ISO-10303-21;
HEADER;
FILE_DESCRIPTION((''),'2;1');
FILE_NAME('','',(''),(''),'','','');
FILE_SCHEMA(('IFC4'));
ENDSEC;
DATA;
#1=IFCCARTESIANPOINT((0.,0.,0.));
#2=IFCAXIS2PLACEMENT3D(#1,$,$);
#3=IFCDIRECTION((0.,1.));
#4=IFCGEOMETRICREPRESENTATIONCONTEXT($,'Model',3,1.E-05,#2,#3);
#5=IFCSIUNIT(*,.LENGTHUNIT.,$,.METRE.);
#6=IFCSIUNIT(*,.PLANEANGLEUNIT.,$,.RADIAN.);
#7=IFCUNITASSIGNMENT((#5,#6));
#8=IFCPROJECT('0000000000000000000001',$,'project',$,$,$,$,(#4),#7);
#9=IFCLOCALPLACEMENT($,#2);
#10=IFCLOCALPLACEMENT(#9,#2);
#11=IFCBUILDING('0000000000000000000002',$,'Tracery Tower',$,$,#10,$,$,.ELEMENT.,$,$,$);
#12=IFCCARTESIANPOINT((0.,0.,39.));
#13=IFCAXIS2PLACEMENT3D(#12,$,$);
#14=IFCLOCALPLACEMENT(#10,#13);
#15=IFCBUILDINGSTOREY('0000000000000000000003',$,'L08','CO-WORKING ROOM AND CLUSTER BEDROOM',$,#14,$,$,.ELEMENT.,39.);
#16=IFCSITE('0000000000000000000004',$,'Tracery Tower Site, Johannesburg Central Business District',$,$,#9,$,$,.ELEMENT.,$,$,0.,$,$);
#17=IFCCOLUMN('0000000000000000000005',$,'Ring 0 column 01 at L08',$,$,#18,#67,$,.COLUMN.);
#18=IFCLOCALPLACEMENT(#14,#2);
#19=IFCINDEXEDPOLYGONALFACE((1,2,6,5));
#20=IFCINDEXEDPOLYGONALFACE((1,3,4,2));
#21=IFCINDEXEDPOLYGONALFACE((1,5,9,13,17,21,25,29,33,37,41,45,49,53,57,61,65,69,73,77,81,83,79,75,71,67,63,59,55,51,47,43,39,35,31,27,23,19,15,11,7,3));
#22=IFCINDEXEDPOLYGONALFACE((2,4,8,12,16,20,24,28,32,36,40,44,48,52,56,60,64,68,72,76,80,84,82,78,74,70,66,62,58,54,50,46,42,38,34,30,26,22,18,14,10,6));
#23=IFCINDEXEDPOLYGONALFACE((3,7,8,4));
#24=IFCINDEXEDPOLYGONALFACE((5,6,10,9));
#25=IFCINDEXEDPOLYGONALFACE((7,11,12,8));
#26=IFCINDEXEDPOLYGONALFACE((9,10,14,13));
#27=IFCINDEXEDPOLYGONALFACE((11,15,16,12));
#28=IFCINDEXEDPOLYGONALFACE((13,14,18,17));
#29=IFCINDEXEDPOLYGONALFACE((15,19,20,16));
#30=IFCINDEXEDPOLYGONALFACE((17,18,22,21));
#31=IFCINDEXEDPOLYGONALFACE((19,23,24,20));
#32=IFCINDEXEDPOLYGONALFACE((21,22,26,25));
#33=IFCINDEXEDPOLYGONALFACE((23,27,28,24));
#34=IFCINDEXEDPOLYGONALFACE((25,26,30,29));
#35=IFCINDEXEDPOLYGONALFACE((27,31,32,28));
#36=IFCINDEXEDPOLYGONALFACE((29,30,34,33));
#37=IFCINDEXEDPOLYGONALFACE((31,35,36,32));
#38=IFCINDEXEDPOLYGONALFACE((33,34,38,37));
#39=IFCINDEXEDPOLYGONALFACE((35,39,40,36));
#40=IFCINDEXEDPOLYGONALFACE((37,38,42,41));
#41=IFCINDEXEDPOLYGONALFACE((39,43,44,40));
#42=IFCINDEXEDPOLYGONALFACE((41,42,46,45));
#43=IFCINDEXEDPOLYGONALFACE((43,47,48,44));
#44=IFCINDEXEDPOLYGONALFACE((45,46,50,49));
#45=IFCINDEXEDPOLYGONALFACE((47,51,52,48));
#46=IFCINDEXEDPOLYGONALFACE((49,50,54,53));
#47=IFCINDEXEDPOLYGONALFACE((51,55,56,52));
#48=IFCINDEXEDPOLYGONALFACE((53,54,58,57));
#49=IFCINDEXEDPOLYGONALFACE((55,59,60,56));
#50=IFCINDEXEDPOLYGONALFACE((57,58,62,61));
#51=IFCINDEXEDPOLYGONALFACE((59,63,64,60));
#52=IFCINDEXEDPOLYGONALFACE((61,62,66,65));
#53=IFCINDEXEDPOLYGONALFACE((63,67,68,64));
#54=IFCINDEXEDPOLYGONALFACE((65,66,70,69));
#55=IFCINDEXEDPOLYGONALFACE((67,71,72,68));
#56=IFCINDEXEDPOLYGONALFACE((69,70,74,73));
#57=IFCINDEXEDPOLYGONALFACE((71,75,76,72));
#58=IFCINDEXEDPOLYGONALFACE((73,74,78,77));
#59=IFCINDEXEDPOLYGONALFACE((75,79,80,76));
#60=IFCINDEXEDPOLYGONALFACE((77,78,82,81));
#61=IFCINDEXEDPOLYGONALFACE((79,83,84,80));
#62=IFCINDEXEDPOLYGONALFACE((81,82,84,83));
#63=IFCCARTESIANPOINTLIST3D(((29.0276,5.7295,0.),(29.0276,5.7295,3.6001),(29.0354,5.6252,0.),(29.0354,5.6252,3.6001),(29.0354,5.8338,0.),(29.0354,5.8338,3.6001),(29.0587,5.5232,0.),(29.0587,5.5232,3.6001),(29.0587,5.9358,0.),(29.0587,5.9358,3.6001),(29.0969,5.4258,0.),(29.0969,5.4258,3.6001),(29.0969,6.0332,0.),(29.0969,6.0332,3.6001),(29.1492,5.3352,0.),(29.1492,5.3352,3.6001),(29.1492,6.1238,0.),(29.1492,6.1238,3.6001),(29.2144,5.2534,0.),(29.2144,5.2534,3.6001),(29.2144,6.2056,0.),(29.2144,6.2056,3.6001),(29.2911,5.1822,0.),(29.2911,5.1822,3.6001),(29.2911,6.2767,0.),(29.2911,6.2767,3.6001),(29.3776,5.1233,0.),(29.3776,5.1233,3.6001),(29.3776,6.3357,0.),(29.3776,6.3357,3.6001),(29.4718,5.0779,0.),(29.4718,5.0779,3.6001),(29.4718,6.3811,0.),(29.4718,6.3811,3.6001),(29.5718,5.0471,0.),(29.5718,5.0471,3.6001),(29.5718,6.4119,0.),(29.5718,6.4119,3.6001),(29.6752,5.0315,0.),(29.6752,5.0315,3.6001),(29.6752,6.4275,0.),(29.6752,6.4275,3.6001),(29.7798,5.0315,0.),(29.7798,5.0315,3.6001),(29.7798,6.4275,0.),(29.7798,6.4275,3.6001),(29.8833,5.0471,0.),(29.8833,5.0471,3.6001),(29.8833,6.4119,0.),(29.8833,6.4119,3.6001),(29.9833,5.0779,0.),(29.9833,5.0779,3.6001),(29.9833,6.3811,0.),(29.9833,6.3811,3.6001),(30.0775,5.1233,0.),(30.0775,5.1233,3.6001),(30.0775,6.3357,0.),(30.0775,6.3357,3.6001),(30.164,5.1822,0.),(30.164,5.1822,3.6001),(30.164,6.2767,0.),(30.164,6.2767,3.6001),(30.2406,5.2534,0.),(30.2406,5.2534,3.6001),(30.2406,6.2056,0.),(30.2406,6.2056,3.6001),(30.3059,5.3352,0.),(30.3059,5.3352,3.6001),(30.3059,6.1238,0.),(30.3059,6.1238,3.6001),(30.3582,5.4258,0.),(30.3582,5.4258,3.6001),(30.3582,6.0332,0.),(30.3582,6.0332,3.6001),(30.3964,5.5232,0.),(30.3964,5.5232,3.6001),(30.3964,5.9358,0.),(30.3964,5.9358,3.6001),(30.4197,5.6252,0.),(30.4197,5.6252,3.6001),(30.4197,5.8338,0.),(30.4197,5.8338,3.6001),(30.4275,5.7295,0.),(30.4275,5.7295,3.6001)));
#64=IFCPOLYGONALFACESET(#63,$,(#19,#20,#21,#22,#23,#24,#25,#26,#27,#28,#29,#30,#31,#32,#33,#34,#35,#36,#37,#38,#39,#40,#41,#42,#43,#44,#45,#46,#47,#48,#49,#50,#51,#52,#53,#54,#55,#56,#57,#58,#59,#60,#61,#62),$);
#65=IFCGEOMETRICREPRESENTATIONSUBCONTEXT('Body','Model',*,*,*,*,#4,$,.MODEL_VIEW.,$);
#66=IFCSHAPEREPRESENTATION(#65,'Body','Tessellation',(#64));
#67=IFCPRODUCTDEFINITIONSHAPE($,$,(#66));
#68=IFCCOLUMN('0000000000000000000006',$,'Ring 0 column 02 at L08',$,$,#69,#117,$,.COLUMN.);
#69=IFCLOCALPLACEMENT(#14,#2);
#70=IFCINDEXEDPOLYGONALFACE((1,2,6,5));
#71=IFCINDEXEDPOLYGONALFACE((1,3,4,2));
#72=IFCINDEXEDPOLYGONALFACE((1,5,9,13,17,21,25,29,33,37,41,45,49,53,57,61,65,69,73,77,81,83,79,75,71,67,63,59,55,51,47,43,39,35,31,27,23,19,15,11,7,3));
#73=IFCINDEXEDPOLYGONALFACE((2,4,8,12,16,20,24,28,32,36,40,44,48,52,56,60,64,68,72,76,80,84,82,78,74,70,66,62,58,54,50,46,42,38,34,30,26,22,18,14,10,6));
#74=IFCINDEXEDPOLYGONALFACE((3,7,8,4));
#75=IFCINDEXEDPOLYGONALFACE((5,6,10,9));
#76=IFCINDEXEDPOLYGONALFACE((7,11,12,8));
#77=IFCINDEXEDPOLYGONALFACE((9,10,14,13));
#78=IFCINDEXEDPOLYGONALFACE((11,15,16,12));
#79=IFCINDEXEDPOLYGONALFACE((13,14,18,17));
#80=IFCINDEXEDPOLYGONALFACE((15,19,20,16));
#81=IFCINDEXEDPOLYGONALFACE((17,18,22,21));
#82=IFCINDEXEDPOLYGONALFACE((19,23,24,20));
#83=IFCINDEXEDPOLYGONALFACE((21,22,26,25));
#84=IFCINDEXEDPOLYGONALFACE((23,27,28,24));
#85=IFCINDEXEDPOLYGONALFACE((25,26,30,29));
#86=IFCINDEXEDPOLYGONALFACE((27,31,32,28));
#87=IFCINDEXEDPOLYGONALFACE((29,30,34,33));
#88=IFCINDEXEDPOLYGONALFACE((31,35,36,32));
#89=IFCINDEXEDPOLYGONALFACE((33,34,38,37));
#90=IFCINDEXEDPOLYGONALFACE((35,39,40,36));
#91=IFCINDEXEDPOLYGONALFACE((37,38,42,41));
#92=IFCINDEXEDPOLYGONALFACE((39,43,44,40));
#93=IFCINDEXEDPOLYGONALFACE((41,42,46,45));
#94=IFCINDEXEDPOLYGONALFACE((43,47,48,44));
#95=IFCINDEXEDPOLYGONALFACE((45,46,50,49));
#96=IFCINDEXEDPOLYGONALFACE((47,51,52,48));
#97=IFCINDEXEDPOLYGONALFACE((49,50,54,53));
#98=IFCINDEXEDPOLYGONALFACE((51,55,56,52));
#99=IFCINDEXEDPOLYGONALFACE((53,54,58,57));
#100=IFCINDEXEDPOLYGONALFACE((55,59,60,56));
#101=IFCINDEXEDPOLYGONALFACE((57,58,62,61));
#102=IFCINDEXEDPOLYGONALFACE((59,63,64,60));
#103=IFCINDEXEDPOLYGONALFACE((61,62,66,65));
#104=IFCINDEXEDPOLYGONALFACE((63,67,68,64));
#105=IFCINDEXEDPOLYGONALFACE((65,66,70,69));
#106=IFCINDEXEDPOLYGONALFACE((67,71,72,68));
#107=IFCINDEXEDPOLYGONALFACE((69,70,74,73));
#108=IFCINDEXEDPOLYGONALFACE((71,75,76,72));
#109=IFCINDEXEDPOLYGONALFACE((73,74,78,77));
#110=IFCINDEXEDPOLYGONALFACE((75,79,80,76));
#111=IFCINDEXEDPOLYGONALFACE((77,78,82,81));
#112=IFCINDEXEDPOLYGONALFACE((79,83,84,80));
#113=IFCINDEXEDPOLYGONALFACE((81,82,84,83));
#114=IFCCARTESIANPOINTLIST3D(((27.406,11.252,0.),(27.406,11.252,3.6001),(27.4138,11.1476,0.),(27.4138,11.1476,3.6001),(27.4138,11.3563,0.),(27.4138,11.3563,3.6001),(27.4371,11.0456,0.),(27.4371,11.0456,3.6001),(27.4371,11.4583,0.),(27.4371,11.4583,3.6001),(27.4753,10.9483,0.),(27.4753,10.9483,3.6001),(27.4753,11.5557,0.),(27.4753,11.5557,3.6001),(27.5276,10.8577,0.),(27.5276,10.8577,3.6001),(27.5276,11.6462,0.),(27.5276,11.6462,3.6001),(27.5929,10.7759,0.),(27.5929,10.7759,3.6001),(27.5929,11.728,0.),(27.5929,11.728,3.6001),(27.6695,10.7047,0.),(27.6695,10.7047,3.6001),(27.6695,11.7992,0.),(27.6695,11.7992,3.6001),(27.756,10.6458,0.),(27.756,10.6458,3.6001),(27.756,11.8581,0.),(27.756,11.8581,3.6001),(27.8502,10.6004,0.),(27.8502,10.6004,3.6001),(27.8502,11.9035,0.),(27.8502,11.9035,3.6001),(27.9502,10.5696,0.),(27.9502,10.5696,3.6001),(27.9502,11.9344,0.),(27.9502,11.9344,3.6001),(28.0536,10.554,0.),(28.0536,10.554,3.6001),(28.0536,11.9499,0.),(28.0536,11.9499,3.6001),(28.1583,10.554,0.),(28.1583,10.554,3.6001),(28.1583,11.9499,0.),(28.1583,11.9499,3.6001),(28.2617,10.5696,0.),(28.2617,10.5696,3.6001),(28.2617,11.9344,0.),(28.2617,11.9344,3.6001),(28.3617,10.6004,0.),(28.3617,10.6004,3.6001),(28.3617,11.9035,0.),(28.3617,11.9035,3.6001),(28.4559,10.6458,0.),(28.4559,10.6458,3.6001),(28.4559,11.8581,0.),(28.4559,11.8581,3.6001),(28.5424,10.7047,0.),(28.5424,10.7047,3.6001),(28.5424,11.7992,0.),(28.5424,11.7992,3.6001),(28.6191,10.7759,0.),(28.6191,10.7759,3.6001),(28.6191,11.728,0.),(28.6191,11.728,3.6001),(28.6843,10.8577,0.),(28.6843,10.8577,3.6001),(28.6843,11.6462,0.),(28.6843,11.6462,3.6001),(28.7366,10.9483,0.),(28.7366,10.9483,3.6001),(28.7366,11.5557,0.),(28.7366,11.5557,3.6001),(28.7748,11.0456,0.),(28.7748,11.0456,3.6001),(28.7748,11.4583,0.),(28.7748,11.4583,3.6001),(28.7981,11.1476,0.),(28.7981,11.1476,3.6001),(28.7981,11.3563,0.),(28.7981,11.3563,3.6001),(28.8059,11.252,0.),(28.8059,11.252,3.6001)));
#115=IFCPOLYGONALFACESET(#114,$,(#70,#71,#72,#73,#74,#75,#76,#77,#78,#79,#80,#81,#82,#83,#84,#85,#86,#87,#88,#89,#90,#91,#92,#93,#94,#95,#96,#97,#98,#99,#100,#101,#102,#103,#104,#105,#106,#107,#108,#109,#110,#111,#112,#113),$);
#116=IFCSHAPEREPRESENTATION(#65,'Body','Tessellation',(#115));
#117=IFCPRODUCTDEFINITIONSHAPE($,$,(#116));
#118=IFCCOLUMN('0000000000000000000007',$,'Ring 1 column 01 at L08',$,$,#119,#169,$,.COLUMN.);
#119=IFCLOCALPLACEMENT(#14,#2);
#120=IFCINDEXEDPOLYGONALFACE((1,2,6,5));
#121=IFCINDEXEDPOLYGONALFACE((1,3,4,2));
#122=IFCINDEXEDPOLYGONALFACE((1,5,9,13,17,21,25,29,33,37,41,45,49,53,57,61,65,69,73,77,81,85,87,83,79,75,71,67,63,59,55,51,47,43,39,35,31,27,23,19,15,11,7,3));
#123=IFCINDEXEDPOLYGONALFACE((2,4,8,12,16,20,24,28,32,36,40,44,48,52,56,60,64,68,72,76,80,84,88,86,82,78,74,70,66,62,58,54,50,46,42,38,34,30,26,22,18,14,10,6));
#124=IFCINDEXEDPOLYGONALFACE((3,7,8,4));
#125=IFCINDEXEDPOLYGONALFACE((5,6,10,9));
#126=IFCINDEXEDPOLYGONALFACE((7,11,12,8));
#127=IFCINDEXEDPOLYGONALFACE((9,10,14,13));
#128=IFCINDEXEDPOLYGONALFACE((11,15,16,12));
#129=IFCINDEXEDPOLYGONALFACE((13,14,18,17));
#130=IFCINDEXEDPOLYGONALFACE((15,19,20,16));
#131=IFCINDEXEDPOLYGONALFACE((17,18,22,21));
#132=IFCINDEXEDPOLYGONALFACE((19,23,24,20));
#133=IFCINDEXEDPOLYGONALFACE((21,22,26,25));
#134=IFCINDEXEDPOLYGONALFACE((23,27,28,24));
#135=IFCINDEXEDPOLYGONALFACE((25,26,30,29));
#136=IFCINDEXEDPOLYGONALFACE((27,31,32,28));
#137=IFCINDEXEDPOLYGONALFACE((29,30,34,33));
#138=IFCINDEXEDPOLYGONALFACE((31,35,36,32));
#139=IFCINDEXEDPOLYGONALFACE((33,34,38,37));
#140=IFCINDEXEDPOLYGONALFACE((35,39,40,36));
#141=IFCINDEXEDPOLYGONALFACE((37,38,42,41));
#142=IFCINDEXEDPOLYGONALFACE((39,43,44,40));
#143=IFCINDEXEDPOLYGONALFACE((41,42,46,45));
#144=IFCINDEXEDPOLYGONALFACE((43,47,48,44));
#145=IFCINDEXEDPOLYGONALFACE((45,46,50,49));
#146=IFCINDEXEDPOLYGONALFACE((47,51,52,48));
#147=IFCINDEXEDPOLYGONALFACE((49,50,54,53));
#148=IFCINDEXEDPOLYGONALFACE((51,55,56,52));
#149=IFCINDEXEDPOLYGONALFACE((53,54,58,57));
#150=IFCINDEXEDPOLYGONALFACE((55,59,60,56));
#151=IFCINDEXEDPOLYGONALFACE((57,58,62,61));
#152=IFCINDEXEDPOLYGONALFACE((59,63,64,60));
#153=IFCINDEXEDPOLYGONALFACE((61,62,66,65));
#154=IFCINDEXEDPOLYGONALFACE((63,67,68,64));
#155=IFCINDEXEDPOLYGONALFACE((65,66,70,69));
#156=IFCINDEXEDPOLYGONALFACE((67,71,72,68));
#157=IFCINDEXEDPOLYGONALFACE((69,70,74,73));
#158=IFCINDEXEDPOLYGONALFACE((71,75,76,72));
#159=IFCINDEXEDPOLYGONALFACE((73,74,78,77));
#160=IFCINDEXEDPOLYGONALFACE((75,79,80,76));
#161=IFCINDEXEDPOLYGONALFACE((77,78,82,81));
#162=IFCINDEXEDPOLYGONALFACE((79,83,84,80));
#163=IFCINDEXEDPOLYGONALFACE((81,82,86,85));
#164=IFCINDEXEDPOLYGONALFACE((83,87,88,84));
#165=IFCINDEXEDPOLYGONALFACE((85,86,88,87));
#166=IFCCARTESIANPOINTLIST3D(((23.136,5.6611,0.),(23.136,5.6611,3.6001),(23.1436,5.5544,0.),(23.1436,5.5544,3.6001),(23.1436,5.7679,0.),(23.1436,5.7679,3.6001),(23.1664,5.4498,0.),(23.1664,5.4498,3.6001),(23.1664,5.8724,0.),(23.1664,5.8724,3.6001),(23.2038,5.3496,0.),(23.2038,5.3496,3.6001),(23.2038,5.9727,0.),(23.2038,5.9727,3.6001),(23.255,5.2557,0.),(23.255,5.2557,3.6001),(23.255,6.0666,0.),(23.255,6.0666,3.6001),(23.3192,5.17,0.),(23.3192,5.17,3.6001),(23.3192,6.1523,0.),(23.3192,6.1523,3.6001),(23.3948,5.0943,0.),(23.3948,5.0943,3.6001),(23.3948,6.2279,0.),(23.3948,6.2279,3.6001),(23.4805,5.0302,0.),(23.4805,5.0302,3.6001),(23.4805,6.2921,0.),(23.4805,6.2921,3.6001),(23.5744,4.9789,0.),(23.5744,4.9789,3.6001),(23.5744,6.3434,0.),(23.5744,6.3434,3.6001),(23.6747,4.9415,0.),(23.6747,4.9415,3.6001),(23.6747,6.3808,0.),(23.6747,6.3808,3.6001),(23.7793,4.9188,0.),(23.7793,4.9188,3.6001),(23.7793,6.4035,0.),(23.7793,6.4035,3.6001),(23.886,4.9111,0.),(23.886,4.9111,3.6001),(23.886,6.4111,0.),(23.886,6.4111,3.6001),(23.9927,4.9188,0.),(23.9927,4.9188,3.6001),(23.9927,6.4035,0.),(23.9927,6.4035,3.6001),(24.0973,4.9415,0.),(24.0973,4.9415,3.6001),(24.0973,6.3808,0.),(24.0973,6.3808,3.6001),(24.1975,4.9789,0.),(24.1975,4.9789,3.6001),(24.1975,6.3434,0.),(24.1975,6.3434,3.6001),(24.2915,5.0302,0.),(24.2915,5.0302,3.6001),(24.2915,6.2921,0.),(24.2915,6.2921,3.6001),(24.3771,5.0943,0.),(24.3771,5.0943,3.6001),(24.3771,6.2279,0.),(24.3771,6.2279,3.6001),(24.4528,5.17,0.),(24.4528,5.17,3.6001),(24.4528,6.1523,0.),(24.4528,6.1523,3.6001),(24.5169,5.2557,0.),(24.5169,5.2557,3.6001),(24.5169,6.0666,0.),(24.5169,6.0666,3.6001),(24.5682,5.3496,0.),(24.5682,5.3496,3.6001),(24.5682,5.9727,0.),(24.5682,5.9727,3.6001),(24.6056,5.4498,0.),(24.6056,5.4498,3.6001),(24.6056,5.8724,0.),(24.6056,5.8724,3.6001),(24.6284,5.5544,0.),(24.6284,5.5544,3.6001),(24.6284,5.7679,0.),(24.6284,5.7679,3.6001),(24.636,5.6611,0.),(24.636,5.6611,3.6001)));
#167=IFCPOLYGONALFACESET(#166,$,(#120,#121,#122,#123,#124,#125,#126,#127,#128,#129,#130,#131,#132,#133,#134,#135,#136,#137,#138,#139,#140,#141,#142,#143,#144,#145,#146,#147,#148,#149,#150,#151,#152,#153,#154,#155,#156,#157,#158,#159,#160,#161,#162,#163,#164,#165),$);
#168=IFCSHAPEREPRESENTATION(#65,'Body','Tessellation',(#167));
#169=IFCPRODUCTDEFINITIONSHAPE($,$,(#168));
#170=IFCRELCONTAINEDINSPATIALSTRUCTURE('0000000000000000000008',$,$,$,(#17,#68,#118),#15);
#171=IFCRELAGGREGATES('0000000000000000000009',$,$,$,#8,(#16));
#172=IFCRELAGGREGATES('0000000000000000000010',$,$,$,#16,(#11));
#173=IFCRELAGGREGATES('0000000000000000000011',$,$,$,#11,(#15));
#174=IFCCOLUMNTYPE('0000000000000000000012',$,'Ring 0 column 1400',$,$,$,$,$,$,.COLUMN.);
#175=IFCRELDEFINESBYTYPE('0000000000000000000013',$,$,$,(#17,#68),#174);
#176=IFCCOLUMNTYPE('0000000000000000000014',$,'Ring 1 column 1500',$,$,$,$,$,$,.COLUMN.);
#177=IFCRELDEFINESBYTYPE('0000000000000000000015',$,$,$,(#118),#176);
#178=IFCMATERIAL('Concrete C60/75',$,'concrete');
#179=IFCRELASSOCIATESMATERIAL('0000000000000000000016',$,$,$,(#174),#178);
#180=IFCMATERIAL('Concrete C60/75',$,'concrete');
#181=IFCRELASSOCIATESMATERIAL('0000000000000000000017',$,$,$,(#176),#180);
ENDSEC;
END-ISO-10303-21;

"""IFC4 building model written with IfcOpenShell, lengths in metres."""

from ifc_helpers import new_model, si_unit, direction, frame, origin, origin_2d, place, context, subcontext, project, spatial, circle, extrude, material, material_profile, profile_set, type_object, element, save


model = new_model("IFC4")

# Units and contexts
model_context = context("Model", 3, precision=1e-05, world=origin(), true_north=direction((0.0, 1.0)))
body_context = subcontext(model_context, "Body", "Model", "MODEL_VIEW")
ifc_project = project(units=[si_unit("LENGTHUNIT", "METRE"), si_unit("PLANEANGLEUNIT", "RADIAN")], contexts=[model_context])

# Site, building, storey
site_placement = place(None, origin())
site = spatial("IfcSite", under=ifc_project, at=site_placement, Name="Tracery Tower Site, Johannesburg Central Business District", CompositionType="ELEMENT", RefElevation=0.0)
building_placement = place(site_placement, origin())
building = spatial("IfcBuilding", under=site, at=building_placement, Name="Tracery Tower", CompositionType="ELEMENT")
storey_placement = place(building_placement, frame((0.0, 0.0, 39.0)))
storey = spatial("IfcBuildingStorey", under=building, at=storey_placement, Name="L08", Description="CO-WORKING ROOM AND CLUSTER BEDROOM", CompositionType="ELEMENT", Elevation=39.0)

# Columns
ifc_material_1 = material(Name="Concrete C60/75", Category="concrete")
ifc_material_profile_1 = material_profile(ifc_material_1, circle(Radius=0.7, at=origin_2d()), Name="RC D1400")
ifc_profile_set_1 = profile_set([ifc_material_profile_1], Name="Concrete C60/75")
column_type_1 = type_object("IfcColumnType", Name="Ring 0 column 1400", PredefinedType="COLUMN", material=ifc_profile_set_1)
for number, where, z_axis, x_axis, name in (
    (1, (29.7275, 5.7295, 0.0), (0.0, 0.0, 1.0), (1.0, 0.0, 0.0), "Ring 0 column 01 at L08"),
    (2, (28.106, 11.252, 0.0), (0.0, 0.0, 1.0), (1.0, 0.0, 0.0), "Ring 0 column 02 at L08"),
):
    element("IfcColumn", number, at=place(storey_placement, frame(where, z_axis=z_axis, x_axis=x_axis)), inside=storey, type_object=column_type_1, Name=name, PredefinedType="COLUMN", context=body_context, shape_type="SweptSolid", body=[
        extrude(circle(Radius=0.7, at=origin_2d()), origin(), (0.0, 0.0, 1.0), 3.6001),
    ])
ifc_material_2 = material(Name="Concrete C60/75", Category="concrete")
ifc_material_profile_2 = material_profile(ifc_material_2, circle(Radius=0.75, at=origin_2d()), Name="RC D1500")
ifc_profile_set_2 = profile_set([ifc_material_profile_2], Name="Concrete C60/75")
column_type_2 = type_object("IfcColumnType", Name="Ring 1 column 1500", PredefinedType="COLUMN", material=ifc_profile_set_2)
for number, where, z_axis, x_axis, name in (
    (3, (23.886, 5.6611, 0.0), (0.0, 0.0, 1.0), (1.0, 0.0, 0.0), "Ring 1 column 01 at L08"),
):
    element("IfcColumn", number, at=place(storey_placement, frame(where, z_axis=z_axis, x_axis=x_axis)), inside=storey, type_object=column_type_2, Name=name, PredefinedType="COLUMN", context=body_context, shape_type="SweptSolid", body=[
        extrude(circle(Radius=0.75, at=origin_2d()), origin(), (0.0, 0.0, 1.0), 3.6001),
    ])

save(model, "model.ifc")
